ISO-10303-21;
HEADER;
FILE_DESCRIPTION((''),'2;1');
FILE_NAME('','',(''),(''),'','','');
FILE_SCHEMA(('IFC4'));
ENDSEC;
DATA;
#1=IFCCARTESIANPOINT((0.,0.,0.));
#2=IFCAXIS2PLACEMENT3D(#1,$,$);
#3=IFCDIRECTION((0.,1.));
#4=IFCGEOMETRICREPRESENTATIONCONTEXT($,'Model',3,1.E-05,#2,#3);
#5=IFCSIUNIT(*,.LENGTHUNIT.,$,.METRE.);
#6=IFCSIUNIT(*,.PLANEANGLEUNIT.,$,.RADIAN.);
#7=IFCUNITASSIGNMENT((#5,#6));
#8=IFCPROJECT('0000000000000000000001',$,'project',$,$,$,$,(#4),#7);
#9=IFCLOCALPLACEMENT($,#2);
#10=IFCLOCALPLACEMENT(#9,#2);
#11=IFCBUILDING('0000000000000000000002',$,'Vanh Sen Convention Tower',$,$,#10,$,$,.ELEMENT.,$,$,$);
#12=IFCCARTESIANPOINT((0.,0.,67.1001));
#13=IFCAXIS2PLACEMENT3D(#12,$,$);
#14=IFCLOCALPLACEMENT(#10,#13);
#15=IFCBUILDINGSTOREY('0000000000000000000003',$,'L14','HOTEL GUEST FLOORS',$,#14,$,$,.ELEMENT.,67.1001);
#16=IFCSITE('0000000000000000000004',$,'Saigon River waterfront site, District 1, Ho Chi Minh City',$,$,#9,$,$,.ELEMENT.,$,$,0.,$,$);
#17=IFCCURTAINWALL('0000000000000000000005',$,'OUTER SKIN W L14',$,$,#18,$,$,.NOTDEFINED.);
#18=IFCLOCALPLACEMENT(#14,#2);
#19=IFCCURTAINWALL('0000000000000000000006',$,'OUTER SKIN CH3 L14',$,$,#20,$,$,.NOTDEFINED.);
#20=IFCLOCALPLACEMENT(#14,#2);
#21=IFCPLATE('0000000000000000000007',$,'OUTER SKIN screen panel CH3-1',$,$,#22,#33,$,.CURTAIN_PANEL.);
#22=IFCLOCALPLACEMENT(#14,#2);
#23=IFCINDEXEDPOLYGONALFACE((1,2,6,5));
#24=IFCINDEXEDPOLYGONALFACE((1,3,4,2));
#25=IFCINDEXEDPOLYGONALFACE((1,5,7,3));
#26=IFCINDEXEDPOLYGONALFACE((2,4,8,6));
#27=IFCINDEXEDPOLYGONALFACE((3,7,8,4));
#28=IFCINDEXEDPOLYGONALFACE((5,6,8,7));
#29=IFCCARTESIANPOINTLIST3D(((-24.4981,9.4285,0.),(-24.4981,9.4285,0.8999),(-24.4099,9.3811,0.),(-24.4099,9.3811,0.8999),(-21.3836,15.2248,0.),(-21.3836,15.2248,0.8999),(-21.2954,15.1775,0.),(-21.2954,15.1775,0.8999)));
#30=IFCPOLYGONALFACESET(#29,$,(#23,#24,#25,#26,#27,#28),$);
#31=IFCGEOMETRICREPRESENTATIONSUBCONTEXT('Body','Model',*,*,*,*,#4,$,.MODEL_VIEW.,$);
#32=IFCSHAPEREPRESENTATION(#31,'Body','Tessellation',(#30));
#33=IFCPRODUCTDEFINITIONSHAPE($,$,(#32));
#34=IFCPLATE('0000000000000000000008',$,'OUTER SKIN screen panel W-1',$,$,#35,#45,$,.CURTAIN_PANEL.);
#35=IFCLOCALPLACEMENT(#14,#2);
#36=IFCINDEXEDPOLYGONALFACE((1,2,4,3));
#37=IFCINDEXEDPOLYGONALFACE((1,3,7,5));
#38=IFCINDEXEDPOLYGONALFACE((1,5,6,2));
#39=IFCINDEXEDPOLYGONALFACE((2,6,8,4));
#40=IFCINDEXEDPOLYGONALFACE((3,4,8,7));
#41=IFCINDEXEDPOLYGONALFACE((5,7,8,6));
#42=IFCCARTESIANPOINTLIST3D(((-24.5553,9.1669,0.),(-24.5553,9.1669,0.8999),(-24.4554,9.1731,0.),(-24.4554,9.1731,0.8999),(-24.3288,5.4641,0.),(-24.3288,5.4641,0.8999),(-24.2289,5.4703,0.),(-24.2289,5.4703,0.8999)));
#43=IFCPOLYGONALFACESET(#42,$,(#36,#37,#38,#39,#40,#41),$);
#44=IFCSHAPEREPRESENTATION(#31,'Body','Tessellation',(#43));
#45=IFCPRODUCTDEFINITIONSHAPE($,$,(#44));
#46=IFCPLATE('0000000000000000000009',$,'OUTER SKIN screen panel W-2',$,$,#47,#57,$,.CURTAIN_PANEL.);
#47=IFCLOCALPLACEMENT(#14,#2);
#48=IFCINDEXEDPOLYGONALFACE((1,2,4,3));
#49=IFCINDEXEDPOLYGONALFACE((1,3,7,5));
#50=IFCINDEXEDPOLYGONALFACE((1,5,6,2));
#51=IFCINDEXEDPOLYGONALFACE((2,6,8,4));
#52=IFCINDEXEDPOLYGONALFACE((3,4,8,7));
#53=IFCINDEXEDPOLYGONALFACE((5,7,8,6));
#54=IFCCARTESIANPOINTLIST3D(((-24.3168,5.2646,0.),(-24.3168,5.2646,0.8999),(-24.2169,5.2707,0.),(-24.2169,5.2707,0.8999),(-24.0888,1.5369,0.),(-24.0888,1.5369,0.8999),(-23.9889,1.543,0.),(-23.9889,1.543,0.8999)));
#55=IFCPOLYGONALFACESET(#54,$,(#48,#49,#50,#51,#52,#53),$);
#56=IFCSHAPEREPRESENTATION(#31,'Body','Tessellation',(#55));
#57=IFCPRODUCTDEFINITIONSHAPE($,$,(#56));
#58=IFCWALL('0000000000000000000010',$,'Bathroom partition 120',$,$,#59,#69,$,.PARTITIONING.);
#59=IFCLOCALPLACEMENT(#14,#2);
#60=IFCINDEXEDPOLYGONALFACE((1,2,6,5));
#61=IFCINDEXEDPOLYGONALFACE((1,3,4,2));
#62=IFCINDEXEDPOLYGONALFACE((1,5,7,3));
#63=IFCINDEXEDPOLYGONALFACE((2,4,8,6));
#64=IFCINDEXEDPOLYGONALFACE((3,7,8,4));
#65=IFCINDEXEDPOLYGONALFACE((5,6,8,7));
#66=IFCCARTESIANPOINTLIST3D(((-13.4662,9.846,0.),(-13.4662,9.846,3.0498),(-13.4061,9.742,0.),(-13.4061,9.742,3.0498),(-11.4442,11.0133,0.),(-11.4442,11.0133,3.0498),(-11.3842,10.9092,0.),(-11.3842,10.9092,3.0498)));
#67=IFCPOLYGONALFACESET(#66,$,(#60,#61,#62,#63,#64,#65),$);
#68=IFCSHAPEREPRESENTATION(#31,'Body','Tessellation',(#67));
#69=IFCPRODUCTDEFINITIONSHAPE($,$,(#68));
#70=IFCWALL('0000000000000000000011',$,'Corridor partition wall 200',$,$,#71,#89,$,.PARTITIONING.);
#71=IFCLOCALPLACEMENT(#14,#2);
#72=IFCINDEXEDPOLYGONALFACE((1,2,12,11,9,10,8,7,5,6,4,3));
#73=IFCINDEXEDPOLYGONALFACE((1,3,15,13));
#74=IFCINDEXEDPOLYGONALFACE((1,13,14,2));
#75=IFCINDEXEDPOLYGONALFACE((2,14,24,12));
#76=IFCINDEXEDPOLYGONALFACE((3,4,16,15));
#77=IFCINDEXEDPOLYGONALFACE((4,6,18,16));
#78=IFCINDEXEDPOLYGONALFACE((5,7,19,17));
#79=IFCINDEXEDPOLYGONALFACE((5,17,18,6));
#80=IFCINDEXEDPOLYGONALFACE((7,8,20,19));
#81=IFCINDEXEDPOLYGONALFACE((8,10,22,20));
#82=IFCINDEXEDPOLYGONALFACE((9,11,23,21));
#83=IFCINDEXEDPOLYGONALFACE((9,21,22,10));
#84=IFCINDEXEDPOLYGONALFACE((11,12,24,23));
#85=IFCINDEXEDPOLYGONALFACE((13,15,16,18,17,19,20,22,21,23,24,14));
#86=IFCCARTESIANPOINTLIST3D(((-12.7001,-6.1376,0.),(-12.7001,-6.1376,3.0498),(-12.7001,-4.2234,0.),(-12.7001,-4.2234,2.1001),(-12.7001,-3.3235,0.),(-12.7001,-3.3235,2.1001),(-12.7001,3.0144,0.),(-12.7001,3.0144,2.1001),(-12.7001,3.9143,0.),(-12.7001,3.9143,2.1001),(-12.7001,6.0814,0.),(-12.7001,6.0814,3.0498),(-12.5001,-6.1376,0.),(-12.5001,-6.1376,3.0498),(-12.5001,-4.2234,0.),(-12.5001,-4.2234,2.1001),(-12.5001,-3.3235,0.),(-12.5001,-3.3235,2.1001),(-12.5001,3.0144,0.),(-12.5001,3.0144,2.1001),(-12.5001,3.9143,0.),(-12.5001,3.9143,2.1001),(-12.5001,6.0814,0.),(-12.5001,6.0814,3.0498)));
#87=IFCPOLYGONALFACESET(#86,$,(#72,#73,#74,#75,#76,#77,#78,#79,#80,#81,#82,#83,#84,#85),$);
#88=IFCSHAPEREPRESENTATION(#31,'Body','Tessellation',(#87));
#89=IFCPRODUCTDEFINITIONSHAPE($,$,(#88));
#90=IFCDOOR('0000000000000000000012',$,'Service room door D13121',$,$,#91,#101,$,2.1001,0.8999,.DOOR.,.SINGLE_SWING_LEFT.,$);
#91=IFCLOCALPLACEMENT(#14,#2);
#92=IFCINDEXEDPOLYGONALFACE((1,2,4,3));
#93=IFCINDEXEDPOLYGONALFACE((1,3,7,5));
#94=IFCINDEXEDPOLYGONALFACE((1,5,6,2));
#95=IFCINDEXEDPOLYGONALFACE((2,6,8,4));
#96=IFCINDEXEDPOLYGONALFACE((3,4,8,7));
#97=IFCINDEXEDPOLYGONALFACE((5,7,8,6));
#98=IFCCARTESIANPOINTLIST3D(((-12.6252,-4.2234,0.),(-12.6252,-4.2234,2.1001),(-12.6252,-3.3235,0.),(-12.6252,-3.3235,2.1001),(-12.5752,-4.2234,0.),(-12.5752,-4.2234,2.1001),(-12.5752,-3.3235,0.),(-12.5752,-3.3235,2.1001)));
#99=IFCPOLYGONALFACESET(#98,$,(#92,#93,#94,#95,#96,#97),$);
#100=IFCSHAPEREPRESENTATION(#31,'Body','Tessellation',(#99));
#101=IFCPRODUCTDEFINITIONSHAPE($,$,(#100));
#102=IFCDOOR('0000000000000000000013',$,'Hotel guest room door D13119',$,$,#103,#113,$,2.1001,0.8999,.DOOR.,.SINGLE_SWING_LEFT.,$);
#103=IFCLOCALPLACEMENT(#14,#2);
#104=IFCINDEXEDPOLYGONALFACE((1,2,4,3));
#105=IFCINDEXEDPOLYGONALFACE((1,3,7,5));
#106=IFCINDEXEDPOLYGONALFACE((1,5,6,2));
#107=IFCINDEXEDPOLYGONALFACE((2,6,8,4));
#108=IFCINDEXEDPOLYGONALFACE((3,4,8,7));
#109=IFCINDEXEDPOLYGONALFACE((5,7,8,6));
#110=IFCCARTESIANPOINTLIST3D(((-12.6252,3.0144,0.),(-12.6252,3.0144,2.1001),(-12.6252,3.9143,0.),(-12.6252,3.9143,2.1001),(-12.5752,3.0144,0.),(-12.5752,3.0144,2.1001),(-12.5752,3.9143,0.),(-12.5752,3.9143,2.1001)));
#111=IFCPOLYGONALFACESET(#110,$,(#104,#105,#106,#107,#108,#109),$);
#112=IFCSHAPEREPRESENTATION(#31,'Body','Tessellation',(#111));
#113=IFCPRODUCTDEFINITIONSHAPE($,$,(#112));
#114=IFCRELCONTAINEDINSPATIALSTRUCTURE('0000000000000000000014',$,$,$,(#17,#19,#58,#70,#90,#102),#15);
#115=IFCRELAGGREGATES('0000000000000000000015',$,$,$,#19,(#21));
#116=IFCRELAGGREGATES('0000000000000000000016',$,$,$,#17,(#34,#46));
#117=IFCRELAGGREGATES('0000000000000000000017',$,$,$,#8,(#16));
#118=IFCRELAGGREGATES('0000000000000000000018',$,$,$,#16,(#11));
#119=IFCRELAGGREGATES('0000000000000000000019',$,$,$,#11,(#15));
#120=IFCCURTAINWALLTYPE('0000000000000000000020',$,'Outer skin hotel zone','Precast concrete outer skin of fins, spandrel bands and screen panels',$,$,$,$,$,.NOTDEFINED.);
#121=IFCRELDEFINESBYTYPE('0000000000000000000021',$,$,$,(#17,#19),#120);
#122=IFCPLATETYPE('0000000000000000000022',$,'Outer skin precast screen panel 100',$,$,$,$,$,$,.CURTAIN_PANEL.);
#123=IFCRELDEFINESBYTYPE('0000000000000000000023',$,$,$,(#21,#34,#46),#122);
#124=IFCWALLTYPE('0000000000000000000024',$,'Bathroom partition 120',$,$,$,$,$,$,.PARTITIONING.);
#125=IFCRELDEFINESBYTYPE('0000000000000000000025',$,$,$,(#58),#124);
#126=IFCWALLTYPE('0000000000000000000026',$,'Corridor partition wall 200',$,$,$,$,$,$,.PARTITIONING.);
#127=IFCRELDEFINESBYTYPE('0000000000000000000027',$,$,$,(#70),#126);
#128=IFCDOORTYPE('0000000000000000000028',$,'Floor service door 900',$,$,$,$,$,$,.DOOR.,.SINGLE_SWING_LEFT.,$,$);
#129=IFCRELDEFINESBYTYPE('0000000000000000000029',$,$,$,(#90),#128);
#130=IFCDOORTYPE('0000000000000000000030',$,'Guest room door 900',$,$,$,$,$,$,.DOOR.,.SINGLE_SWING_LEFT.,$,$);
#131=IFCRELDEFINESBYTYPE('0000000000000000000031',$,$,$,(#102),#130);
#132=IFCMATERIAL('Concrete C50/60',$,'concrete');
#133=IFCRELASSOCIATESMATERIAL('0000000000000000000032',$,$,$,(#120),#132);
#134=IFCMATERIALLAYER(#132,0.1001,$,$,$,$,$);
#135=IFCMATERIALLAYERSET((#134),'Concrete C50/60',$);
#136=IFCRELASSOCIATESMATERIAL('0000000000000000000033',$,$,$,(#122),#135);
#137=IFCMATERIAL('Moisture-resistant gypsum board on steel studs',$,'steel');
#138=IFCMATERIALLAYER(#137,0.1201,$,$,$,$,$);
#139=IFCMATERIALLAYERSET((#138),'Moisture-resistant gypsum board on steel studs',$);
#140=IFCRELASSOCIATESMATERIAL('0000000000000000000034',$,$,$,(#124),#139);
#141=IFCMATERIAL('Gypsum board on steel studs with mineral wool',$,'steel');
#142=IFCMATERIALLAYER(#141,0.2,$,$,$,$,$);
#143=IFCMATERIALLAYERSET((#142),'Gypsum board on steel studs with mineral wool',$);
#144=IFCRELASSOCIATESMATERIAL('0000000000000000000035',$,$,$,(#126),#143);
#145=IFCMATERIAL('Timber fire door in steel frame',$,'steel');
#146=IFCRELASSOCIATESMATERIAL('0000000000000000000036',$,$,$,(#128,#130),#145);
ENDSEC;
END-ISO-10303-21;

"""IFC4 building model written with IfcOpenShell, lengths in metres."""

from ifc_helpers import new_model, si_unit, direction, frame, frame_2d, origin, origin_2d, place, context, subcontext, project, spatial, rectangle, extrude, material, layer, layer_set, type_object, element, fill, aggregate, save


model = new_model("IFC4")

# Units and contexts
model_context = context("Model", 3, precision=1e-05, world=origin(), true_north=direction((0.0, 1.0)))
body_context = subcontext(model_context, "Body", "Model", "MODEL_VIEW")
ifc_project = project(units=[si_unit("LENGTHUNIT", "METRE"), si_unit("PLANEANGLEUNIT", "RADIAN")], contexts=[model_context])

# Site, building, storey
site_placement = place(None, origin())
site = spatial("IfcSite", under=ifc_project, at=site_placement, Name="Saigon River waterfront site, District 1, Ho Chi Minh City", CompositionType="ELEMENT", RefElevation=0.0)
building_placement = place(site_placement, origin())
building = spatial("IfcBuilding", under=site, at=building_placement, Name="Vanh Sen Convention Tower", CompositionType="ELEMENT")
storey_placement = place(building_placement, frame((0.0, 0.0, 67.1001)))
storey = spatial("IfcBuildingStorey", under=building, at=storey_placement, Name="L14", Description="HOTEL GUEST FLOORS", CompositionType="ELEMENT", Elevation=67.1001)

# Curtain wall
ifc_material_1 = material(Name="Concrete C50/60", Category="concrete")
curtain_wall_type = type_object("IfcCurtainWallType", Name="Outer skin hotel zone", Description="Precast concrete outer skin of fins, spandrel bands and screen panels", PredefinedType="NOTDEFINED", material=ifc_material_1)
curtain_wall_1_placement = place(storey_placement, origin())
curtain_wall_1 = element("IfcCurtainWall", 1, at=curtain_wall_1_placement, inside=storey, type_object=curtain_wall_type, Name="OUTER SKIN W L14", PredefinedType="NOTDEFINED")

# Curtain wall, plate
curtain_wall_2_placement = place(storey_placement, origin())
curtain_wall_2 = element("IfcCurtainWall", 2, at=curtain_wall_2_placement, inside=storey, type_object=curtain_wall_type, Name="OUTER SKIN CH3 L14", PredefinedType="NOTDEFINED")
ifc_layer_1 = layer(ifc_material_1, 0.1001)
ifc_layer_set_1 = layer_set([ifc_layer_1], Name="Concrete C50/60")
plate_type = type_object("IfcPlateType", Name="Outer skin precast screen panel 100", PredefinedType="CURTAIN_PANEL", material=ifc_layer_set_1)
plate_1_placement = place(storey_placement, frame((-22.8967, 12.303, 0.0), z_axis=(0.0, 0.0, 1.0), x_axis=(-0.473318, -0.880892, 0.0)))
plate_1 = element("IfcPlate", 3, at=plate_1_placement, type_object=plate_type, Name="OUTER SKIN screen panel CH3-1", PredefinedType="CURTAIN_PANEL", context=body_context, shape_type="SweptSolid", body=[
    extrude(rectangle(XDim=6.5801, YDim=0.1001, at=origin_2d()), origin(), (0.0, 0.0, 1.0), 0.8999),
])
aggregate(curtain_wall_2, [plate_1])

# Plates
plate_2_placement = place(storey_placement, frame((-24.3921, 7.3186, 0.0), z_axis=(0.0, 0.0, 1.0), x_axis=(0.061047, -0.998135, 0.0)))
plate_2 = element("IfcPlate", 4, at=plate_2_placement, type_object=plate_type, Name="OUTER SKIN screen panel W-1", PredefinedType="CURTAIN_PANEL", context=body_context, shape_type="SweptSolid", body=[
    extrude(rectangle(XDim=3.7097, YDim=0.1001, at=origin_2d()), origin(), (0.0, 0.0, 1.0), 0.8999),
])
plate_3_placement = place(storey_placement, frame((-24.1528, 3.4038, 0.0), z_axis=(0.0, 0.0, 1.0), x_axis=(0.061049, -0.998135, 0.0)))
plate_3 = element("IfcPlate", 5, at=plate_3_placement, type_object=plate_type, Name="OUTER SKIN screen panel W-2", PredefinedType="CURTAIN_PANEL", context=body_context, shape_type="SweptSolid", body=[
    extrude(rectangle(XDim=3.7346, YDim=0.1001, at=origin_2d()), origin(), (0.0, 0.0, 1.0), 0.8999),
])
aggregate(curtain_wall_1, [plate_2, plate_3])

# Wall
ifc_material_2 = material(Name="Moisture-resistant gypsum board on steel studs", Category="steel")
ifc_layer_2 = layer(ifc_material_2, 0.1201)
ifc_layer_set_2 = layer_set([ifc_layer_2], Name="Moisture-resistant gypsum board on steel studs")
wall_type_1 = type_object("IfcWallType", Name="Bathroom partition 120", PredefinedType="PARTITIONING", material=ifc_layer_set_2)
wall_1_placement = place(storey_placement, frame((-13.4363, 9.7939, 0.0), z_axis=(0.0, 0.0, 1.0), x_axis=(0.866053, 0.499952, 0.0)))
element("IfcWall", 6, at=wall_1_placement, inside=storey, type_object=wall_type_1, Name="Bathroom partition 120", PredefinedType="PARTITIONING", context=body_context, shape_type="SweptSolid", body=[
    extrude(rectangle(XDim=2.3347, YDim=0.1201, at=frame_2d((1.1675, 0.0))), origin(), (0.0, 0.0, 1.0), 3.0498),
])

# Wall, openings, doors
ifc_material_3 = material(Name="Gypsum board on steel studs with mineral wool", Category="steel")
ifc_layer_3 = layer(ifc_material_3, 0.2)
ifc_layer_set_3 = layer_set([ifc_layer_3], Name="Gypsum board on steel studs with mineral wool")
wall_type_2 = type_object("IfcWallType", Name="Corridor partition wall 200", PredefinedType="PARTITIONING", material=ifc_layer_set_3)
wall_2_placement = place(storey_placement, frame((-12.6001, 6.0813, 0.0), z_axis=(0.0, 0.0, 1.0), x_axis=(0.0, -1.0, 0.0)))
wall_2 = element("IfcWall", 7, at=wall_2_placement, inside=storey, type_object=wall_type_2, Name="Corridor partition wall 200", PredefinedType="PARTITIONING", context=body_context, shape_type="SweptSolid", body=[
    extrude(rectangle(XDim=12.219, YDim=0.2, at=frame_2d((6.1094, 0.0))), origin(), (0.0, 0.0, 1.0), 3.0498),
])
opening_1_placement = place(wall_2_placement, frame((2.167, 0.0, 0.0)))
opening_1 = element("IfcOpeningElement", 8, at=opening_1_placement, cuts=wall_2, PredefinedType="OPENING", context=body_context, shape_type="SweptSolid", body=[
    extrude(rectangle(XDim=0.8999, YDim=2.1001, at=frame_2d((0.45, 1.05))), frame((0.0, 0.1099, 0.0), z_axis=(0.0, -1.0, 0.0), x_axis=(1.0, 0.0, 0.0)), (0.0, 0.0, 1.0), 0.22),
])
opening_2_placement = place(wall_2_placement, frame((9.4048, 0.0, 0.0)))
opening_2 = element("IfcOpeningElement", 9, at=opening_2_placement, cuts=wall_2, PredefinedType="OPENING", context=body_context, shape_type="SweptSolid", body=[
    extrude(rectangle(XDim=0.8999, YDim=2.1001, at=frame_2d((0.45, 1.05))), frame((0.0, 0.1099, 0.0), z_axis=(0.0, -1.0, 0.0), x_axis=(1.0, 0.0, 0.0)), (0.0, 0.0, 1.0), 0.22),
])
ifc_material_4 = material(Name="Timber fire door in steel frame", Category="steel")
door_type_1 = type_object("IfcDoorType", Name="Floor service door 900", OperationType="SINGLE_SWING_LEFT", PredefinedType="DOOR", material=ifc_material_4)
door_1_placement = place(opening_2_placement, origin())
door_1 = element("IfcDoor", 10, at=door_1_placement, inside=storey, type_object=door_type_1, Name="Service room door D13121", OperationType="SINGLE_SWING_LEFT", OverallHeight=2.1001, OverallWidth=0.8999, PredefinedType="DOOR", context=body_context, shape_type="SweptSolid", body=[
    extrude(rectangle(XDim=0.8999, YDim=2.1001, at=frame_2d((0.45, 1.05))), frame((0.0, 0.0249, 0.0), z_axis=(0.0, -1.0, 0.0), x_axis=(1.0, 0.0, 0.0)), (0.0, 0.0, 1.0), 0.05),
])
fill(opening_2, door_1)
door_type_2 = type_object("IfcDoorType", Name="Guest room door 900", OperationType="SINGLE_SWING_LEFT", PredefinedType="DOOR", material=ifc_material_4)
door_2_placement = place(opening_1_placement, origin())
door_2 = element("IfcDoor", 11, at=door_2_placement, inside=storey, type_object=door_type_2, Name="Hotel guest room door D13119", OperationType="SINGLE_SWING_LEFT", OverallHeight=2.1001, OverallWidth=0.8999, PredefinedType="DOOR", context=body_context, shape_type="SweptSolid", body=[
    extrude(rectangle(XDim=0.8999, YDim=2.1001, at=frame_2d((0.45, 1.05))), frame((0.0, 0.0249, 0.0), z_axis=(0.0, -1.0, 0.0), x_axis=(1.0, 0.0, 0.0)), (0.0, 0.0, 1.0), 0.05),
])
fill(opening_1, door_2)

save(model, "model.ifc")
